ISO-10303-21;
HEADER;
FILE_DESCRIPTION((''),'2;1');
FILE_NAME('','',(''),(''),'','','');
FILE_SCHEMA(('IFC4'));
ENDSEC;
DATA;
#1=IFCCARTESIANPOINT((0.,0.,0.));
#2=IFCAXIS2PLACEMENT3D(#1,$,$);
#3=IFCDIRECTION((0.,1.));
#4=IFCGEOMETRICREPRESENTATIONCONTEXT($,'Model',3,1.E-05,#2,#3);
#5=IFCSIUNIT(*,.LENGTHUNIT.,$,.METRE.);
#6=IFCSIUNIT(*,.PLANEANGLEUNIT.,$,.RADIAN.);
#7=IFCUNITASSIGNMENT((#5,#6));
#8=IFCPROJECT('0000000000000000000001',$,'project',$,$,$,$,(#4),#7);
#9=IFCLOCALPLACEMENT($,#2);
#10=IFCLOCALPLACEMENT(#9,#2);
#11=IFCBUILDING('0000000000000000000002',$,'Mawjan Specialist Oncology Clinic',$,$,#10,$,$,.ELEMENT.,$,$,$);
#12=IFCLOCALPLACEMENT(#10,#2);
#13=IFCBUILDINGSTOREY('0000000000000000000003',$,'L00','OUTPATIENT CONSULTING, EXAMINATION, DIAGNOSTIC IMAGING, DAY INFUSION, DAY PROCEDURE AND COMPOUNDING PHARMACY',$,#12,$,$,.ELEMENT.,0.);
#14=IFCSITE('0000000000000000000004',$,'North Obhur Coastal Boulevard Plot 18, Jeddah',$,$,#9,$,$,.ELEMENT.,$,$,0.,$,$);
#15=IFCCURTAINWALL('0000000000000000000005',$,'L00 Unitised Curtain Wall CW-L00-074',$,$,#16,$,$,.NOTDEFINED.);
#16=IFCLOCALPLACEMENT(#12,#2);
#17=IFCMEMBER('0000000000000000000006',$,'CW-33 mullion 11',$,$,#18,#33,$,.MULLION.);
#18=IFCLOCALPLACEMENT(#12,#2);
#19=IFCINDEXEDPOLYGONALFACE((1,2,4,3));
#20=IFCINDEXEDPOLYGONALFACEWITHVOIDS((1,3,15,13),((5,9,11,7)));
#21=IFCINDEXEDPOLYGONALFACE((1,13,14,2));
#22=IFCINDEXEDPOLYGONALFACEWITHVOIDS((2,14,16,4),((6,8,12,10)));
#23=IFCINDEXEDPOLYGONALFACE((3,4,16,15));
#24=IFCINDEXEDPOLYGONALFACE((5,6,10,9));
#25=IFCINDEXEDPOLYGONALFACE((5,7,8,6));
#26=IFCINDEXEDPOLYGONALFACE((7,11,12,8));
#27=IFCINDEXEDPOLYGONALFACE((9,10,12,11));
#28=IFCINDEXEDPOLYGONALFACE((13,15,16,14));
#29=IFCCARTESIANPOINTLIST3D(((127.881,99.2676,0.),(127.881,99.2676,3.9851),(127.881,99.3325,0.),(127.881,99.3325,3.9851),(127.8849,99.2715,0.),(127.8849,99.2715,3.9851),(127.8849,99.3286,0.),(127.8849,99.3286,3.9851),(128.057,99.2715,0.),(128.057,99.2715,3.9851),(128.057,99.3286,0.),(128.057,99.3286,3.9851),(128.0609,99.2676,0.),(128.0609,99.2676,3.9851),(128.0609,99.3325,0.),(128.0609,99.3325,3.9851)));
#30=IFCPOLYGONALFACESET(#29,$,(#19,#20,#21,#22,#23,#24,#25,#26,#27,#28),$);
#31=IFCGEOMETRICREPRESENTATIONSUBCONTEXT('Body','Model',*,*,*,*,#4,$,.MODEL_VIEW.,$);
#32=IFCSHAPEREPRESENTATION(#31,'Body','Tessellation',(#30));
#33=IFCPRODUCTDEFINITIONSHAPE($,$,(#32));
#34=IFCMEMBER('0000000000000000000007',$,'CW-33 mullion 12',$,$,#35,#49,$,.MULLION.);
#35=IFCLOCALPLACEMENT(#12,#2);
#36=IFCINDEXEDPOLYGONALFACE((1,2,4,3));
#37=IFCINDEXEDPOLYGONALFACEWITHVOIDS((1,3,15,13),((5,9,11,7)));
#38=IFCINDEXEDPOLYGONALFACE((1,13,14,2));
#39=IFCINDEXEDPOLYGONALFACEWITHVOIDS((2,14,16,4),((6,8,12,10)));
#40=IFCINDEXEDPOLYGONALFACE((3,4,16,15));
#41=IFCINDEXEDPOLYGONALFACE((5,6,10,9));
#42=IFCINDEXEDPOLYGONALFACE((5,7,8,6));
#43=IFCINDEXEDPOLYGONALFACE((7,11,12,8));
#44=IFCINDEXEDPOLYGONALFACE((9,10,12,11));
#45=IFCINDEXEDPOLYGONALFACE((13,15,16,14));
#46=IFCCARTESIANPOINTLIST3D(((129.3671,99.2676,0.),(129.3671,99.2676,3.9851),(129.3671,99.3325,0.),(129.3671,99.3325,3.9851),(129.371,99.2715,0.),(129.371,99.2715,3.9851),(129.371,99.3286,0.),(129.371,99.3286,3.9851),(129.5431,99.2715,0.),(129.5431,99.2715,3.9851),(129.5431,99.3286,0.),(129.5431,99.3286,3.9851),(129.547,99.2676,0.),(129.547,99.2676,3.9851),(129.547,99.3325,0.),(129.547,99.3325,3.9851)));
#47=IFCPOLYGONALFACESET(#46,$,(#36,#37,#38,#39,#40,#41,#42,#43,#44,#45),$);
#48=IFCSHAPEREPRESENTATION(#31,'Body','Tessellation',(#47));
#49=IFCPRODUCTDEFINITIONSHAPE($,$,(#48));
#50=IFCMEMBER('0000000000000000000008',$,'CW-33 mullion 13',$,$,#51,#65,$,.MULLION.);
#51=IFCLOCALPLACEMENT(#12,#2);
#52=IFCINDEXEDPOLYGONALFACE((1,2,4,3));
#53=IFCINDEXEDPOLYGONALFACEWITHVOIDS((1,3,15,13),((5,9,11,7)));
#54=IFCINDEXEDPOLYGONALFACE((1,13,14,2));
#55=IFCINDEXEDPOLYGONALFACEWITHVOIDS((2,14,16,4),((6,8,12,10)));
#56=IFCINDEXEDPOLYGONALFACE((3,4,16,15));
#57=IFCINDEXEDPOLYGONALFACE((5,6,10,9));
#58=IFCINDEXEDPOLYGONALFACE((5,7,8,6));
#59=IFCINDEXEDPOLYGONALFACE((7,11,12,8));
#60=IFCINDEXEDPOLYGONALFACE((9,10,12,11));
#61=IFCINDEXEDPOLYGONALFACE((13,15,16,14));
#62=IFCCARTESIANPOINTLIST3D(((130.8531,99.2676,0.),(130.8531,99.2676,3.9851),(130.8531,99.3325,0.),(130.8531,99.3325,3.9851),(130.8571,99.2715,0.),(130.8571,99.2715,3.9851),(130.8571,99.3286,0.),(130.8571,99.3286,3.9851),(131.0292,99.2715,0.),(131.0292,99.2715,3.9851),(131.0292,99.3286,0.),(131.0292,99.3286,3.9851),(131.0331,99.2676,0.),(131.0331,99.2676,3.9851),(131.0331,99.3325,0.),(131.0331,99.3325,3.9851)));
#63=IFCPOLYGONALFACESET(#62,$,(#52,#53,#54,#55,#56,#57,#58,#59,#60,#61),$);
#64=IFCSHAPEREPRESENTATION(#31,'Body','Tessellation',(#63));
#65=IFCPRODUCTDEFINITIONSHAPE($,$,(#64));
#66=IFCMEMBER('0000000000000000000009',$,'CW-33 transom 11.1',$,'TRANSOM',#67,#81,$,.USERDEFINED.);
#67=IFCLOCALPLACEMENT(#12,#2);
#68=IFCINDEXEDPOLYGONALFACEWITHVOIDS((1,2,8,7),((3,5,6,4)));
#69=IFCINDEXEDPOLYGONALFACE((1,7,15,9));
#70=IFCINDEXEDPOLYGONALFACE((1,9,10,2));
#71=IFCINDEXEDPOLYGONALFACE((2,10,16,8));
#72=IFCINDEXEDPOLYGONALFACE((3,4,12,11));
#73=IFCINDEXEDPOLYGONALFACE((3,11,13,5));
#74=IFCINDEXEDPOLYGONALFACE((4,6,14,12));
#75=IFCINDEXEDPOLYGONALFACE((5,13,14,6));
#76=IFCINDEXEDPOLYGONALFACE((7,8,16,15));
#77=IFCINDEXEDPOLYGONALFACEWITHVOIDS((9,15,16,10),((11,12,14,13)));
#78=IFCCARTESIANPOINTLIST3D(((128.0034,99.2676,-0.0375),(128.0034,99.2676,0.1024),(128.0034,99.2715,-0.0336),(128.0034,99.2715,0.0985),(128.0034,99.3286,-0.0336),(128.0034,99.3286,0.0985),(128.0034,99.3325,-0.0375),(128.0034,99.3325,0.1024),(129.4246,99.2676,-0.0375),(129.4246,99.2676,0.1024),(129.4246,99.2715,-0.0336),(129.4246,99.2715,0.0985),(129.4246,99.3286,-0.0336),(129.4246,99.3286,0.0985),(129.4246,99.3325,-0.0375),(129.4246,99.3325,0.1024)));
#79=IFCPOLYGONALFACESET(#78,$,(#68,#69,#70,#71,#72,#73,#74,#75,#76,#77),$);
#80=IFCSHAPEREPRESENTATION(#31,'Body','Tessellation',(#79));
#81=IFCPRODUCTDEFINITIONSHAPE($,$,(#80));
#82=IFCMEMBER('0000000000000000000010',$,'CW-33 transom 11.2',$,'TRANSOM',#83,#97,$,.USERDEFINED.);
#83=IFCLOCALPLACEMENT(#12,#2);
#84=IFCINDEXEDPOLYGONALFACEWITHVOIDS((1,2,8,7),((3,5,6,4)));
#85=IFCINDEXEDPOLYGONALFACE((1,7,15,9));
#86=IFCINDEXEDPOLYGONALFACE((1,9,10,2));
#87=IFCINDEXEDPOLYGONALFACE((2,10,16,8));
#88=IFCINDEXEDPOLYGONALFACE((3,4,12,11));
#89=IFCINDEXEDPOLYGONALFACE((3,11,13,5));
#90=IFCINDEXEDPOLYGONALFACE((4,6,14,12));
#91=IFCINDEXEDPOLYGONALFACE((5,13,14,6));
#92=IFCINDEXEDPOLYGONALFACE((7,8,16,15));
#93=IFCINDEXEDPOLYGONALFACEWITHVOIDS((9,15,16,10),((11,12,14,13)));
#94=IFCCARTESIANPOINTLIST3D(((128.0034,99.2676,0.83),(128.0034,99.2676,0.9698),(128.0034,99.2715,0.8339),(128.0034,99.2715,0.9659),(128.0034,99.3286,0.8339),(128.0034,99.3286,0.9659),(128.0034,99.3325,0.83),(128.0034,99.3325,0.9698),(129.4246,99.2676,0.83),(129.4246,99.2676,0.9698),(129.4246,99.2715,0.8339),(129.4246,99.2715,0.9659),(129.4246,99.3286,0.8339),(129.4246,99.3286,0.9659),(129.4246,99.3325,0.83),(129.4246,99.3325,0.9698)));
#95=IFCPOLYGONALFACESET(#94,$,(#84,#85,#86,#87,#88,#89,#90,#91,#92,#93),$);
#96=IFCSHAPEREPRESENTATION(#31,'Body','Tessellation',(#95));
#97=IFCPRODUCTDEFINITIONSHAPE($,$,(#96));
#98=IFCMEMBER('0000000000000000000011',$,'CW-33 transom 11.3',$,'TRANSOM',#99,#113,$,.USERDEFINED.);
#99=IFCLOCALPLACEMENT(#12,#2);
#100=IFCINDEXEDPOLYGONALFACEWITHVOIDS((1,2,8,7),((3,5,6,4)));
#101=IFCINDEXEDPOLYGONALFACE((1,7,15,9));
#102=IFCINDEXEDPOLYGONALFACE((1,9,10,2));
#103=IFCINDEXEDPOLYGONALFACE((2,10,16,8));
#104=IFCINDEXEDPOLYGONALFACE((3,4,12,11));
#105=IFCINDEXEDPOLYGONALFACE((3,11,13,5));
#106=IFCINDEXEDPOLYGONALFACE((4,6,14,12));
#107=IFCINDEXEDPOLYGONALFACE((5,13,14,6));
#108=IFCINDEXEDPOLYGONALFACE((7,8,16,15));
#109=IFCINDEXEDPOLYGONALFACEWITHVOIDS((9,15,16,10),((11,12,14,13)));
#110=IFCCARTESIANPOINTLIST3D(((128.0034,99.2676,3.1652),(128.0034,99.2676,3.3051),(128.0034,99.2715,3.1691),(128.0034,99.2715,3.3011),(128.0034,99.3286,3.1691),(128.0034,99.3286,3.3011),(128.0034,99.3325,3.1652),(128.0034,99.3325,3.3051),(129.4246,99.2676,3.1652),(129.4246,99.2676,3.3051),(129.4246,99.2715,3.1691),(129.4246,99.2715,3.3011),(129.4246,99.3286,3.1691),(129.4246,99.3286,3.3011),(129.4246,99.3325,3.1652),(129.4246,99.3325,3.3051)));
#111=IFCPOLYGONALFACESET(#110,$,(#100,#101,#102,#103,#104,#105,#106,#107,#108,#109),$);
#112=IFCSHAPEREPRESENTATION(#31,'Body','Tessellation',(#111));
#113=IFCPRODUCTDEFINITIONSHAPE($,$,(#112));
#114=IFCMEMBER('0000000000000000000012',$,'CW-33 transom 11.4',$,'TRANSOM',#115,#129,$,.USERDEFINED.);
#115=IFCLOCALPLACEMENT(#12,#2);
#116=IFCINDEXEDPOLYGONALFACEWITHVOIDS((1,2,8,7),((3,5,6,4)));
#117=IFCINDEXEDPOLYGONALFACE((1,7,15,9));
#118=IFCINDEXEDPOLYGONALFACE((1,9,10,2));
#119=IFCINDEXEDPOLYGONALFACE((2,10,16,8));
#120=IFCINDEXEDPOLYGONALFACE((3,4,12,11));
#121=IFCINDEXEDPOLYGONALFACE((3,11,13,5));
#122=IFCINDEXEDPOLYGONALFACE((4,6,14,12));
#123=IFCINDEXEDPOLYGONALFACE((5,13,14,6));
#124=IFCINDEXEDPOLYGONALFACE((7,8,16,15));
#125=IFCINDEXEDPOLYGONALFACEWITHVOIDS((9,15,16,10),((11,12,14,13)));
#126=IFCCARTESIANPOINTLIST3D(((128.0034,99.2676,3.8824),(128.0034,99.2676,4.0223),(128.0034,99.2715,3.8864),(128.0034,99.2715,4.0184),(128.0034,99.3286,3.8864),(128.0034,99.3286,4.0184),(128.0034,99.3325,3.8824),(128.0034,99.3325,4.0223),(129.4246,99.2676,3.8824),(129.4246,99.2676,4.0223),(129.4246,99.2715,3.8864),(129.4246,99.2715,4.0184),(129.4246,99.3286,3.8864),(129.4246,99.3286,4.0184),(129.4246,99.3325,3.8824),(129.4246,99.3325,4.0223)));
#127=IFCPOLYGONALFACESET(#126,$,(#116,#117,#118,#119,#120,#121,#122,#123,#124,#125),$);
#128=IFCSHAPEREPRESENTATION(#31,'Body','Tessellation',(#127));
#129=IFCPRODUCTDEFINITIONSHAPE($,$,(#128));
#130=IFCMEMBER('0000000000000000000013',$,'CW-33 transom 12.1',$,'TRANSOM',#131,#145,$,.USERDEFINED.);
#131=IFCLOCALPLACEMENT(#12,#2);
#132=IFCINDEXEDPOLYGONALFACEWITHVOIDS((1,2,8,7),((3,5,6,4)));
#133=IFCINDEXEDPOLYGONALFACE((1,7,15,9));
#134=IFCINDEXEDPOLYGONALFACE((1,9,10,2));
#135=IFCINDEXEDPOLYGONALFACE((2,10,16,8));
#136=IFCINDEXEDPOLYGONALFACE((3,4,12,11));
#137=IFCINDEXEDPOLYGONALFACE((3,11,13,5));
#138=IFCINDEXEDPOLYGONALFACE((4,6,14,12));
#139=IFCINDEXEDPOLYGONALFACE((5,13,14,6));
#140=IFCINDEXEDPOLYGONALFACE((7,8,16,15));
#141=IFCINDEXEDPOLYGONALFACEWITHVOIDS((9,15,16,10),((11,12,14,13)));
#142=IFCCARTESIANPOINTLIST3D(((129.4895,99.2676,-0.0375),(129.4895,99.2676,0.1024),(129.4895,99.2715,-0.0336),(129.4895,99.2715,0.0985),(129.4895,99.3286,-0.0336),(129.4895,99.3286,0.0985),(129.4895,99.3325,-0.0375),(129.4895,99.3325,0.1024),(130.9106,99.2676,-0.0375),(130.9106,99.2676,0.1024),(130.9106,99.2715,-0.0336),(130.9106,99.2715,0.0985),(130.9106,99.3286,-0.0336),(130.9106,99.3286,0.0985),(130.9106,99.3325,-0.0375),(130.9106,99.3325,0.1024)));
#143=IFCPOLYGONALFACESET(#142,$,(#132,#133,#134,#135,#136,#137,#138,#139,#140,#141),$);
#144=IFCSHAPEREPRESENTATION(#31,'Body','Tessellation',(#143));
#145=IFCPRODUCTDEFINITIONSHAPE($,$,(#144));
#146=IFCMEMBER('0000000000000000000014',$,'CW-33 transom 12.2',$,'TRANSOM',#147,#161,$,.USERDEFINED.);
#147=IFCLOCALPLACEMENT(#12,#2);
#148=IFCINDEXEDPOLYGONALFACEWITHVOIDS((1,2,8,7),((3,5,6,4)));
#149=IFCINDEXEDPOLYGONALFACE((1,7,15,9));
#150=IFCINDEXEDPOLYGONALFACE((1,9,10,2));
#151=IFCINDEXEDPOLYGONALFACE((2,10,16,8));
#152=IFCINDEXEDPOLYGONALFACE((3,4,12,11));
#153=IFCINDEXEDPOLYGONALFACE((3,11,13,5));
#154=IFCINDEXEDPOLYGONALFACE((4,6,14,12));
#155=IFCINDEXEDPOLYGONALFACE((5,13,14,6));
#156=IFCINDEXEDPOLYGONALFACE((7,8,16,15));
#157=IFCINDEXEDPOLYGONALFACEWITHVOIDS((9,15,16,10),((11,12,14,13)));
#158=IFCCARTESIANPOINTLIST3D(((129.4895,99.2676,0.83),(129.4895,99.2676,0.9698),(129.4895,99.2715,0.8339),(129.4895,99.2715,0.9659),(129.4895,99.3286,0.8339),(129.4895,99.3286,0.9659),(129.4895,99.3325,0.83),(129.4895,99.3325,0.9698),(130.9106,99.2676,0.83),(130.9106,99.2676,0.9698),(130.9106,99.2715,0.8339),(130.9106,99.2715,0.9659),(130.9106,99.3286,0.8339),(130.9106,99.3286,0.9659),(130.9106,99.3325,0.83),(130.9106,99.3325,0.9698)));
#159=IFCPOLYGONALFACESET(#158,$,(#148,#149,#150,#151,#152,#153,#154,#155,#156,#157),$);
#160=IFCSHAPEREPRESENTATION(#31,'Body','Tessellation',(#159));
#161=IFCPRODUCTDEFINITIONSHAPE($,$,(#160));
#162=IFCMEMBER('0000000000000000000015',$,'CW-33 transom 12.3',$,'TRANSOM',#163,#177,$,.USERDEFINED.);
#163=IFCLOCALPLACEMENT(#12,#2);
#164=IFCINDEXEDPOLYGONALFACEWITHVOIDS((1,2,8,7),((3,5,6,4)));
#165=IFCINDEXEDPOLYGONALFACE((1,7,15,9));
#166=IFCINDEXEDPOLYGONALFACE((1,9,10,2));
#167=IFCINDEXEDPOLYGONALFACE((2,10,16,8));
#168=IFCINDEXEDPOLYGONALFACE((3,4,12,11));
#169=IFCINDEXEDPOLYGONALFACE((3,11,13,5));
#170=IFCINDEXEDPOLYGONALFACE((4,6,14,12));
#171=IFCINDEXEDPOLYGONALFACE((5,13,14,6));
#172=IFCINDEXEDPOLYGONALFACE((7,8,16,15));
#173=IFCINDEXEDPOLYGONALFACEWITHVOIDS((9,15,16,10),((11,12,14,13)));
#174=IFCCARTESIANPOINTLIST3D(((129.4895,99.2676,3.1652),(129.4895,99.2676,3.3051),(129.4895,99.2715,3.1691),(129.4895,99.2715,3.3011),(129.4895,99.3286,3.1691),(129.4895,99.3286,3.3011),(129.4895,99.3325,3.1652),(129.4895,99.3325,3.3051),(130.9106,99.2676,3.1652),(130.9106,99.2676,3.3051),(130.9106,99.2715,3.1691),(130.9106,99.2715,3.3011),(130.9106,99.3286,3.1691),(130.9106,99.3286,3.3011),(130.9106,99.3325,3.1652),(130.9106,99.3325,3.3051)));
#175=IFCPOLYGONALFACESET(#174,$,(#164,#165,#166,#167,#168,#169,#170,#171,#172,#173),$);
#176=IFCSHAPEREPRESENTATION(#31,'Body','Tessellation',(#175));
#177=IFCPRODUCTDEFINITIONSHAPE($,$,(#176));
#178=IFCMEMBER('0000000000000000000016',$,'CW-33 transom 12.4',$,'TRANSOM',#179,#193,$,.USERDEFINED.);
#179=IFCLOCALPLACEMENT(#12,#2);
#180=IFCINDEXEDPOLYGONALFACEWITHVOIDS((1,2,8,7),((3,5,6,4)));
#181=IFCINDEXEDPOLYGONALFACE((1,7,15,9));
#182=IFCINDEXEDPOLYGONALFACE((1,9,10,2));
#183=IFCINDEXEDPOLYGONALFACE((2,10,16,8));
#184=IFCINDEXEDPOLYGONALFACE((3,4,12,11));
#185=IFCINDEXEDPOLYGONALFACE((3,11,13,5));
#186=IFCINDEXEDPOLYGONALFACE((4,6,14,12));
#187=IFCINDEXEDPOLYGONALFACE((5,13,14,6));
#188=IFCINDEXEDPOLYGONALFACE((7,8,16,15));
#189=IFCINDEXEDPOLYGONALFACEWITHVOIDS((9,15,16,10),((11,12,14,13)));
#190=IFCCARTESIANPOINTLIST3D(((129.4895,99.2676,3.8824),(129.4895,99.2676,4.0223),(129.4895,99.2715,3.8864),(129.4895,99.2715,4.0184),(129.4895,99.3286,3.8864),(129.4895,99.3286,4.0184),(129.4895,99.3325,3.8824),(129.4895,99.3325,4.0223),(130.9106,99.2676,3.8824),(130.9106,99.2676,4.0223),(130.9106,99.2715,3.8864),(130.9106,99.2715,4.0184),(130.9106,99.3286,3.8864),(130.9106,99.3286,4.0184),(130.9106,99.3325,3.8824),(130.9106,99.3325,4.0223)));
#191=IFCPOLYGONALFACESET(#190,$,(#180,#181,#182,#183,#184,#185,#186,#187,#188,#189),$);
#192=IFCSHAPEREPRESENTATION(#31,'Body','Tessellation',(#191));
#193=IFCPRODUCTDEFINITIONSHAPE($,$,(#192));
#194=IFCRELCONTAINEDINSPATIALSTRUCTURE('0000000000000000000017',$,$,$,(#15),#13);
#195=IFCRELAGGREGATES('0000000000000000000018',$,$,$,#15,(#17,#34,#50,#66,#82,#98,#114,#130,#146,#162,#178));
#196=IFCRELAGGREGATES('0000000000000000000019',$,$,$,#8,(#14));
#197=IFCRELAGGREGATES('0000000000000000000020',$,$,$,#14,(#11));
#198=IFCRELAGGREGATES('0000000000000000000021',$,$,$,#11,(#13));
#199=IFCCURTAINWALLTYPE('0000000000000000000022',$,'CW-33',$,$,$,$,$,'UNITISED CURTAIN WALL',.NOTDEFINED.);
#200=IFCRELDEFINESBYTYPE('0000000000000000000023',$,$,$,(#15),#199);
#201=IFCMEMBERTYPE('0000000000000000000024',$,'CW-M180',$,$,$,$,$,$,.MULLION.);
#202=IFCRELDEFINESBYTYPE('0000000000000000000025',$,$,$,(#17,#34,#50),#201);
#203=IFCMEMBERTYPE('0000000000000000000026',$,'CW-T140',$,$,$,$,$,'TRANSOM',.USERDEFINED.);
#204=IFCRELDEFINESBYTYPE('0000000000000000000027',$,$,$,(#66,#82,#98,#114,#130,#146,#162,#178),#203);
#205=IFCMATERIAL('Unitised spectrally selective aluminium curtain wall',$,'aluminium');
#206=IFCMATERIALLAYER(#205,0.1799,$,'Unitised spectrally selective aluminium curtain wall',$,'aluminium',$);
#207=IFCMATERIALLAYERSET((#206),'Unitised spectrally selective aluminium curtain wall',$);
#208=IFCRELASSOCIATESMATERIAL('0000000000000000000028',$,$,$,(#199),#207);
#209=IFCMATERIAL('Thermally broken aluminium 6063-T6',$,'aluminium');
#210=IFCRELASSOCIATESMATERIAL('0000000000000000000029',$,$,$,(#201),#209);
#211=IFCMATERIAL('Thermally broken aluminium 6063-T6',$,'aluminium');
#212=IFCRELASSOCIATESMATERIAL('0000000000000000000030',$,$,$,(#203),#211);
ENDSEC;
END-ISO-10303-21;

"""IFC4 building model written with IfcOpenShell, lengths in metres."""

from ifc_helpers import new_model, si_unit, direction, frame, origin, origin_2d, place, context, subcontext, project, spatial, hollow_rectangle, extrude, material, layer, layer_set, material_profile, profile_set, type_object, element, aggregate, save


model = new_model("IFC4")

# Units and contexts
model_context = context("Model", 3, precision=1e-05, world=origin(), true_north=direction((0.0, 1.0)))
body_context = subcontext(model_context, "Body", "Model", "MODEL_VIEW")
ifc_project = project(units=[si_unit("LENGTHUNIT", "METRE"), si_unit("PLANEANGLEUNIT", "RADIAN")], contexts=[model_context])

# Site, building, storey
site_placement = place(None, origin())
site = spatial("IfcSite", under=ifc_project, at=site_placement, Name="North Obhur Coastal Boulevard Plot 18, Jeddah", CompositionType="ELEMENT", RefElevation=0.0)
building_placement = place(site_placement, origin())
building = spatial("IfcBuilding", under=site, at=building_placement, Name="Mawjan Specialist Oncology Clinic", CompositionType="ELEMENT")
storey_placement = place(building_placement, origin())
storey = spatial("IfcBuildingStorey", under=building, at=storey_placement, Name="L00", Description="OUTPATIENT CONSULTING, EXAMINATION, DIAGNOSTIC IMAGING, DAY INFUSION, DAY PROCEDURE AND COMPOUNDING PHARMACY", CompositionType="ELEMENT", Elevation=0.0)

# Curtain wall, members
ifc_material_1 = material(Name="Unitised spectrally selective aluminium curtain wall", Category="aluminium")
ifc_layer_1 = layer(ifc_material_1, 0.1799, Name="Unitised spectrally selective aluminium curtain wall", Category="aluminium")
ifc_layer_set_1 = layer_set([ifc_layer_1], Name="Unitised spectrally selective aluminium curtain wall")
curtain_wall_type = type_object("IfcCurtainWallType", Name="CW-33", ElementType="UNITISED CURTAIN WALL", PredefinedType="NOTDEFINED", material=ifc_layer_set_1)
curtain_wall_placement = place(storey_placement, origin())
curtain_wall = element("IfcCurtainWall", 1, at=curtain_wall_placement, inside=storey, type_object=curtain_wall_type, Name="L00 Unitised Curtain Wall CW-L00-074", PredefinedType="NOTDEFINED")
ifc_material_2 = material(Name="Thermally broken aluminium 6063-T6", Category="aluminium")
ifc_material_profile_1 = material_profile(ifc_material_2, hollow_rectangle(XDim=0.0649, YDim=0.1799, WallThickness=0.0039, at=origin_2d()), Name="ALU MULLION 180x65x4", Category="aluminium")
ifc_profile_set_1 = profile_set([ifc_material_profile_1], Name="Thermally broken aluminium 6063-T6")
member_type_1 = type_object("IfcMemberType", Name="CW-M180", PredefinedType="MULLION", material=ifc_profile_set_1)
member_1_placement = place(storey_placement, frame((127.9709, 99.3, 0.0), z_axis=(0.0, 0.0, 1.0), x_axis=(0.0, 1.0, 0.0)))
member_1 = element("IfcMember", 2, at=member_1_placement, type_object=member_type_1, Name="CW-33 mullion 11", PredefinedType="MULLION", context=body_context, shape_type="SweptSolid", body=[
    extrude(hollow_rectangle(XDim=0.0649, YDim=0.1799, WallThickness=0.0039, at=origin_2d()), origin(), (0.0, 0.0, 1.0), 3.9851),
])
member_2_placement = place(storey_placement, frame((129.457, 99.3, 0.0), z_axis=(0.0, 0.0, 1.0), x_axis=(0.0, 1.0, 0.0)))
member_2 = element("IfcMember", 3, at=member_2_placement, type_object=member_type_1, Name="CW-33 mullion 12", PredefinedType="MULLION", context=body_context, shape_type="SweptSolid", body=[
    extrude(hollow_rectangle(XDim=0.0649, YDim=0.1799, WallThickness=0.0039, at=origin_2d()), origin(), (0.0, 0.0, 1.0), 3.9851),
])
member_3_placement = place(storey_placement, frame((130.9431, 99.3, 0.0), z_axis=(0.0, 0.0, 1.0), x_axis=(0.0, 1.0, 0.0)))
member_3 = element("IfcMember", 4, at=member_3_placement, type_object=member_type_1, Name="CW-33 mullion 13", PredefinedType="MULLION", context=body_context, shape_type="SweptSolid", body=[
    extrude(hollow_rectangle(XDim=0.0649, YDim=0.1799, WallThickness=0.0039, at=origin_2d()), origin(), (0.0, 0.0, 1.0), 3.9851),
])
ifc_material_3 = material(Name="Thermally broken aluminium 6063-T6", Category="aluminium")
ifc_material_profile_2 = material_profile(ifc_material_3, hollow_rectangle(XDim=0.0649, YDim=0.1399, WallThickness=0.0039, at=origin_2d()), Name="ALU TRANSOM 140x65x4", Category="aluminium")
ifc_profile_set_2 = profile_set([ifc_material_profile_2], Name="Thermally broken aluminium 6063-T6")
member_type_2 = type_object("IfcMemberType", Name="CW-T140", ElementType="TRANSOM", PredefinedType="USERDEFINED", material=ifc_profile_set_2)
member_4_placement = place(storey_placement, frame((128.0034, 99.3, 0.0325), z_axis=(1.0, 0.0, 0.0), x_axis=(0.0, 1.0, 0.0)))
member_4 = element("IfcMember", 5, at=member_4_placement, type_object=member_type_2, Name="CW-33 transom 11.1", ObjectType="TRANSOM", PredefinedType="USERDEFINED", context=body_context, shape_type="SweptSolid", body=[
    extrude(hollow_rectangle(XDim=0.0649, YDim=0.1399, WallThickness=0.0039, at=origin_2d()), origin(), (0.0, 0.0, 1.0), 1.4211),
])
member_5_placement = place(storey_placement, frame((128.0034, 99.3, 0.8999), z_axis=(1.0, 0.0, 0.0), x_axis=(0.0, 1.0, 0.0)))
member_5 = element("IfcMember", 6, at=member_5_placement, type_object=member_type_2, Name="CW-33 transom 11.2", ObjectType="TRANSOM", PredefinedType="USERDEFINED", context=body_context, shape_type="SweptSolid", body=[
    extrude(hollow_rectangle(XDim=0.0649, YDim=0.1399, WallThickness=0.0039, at=origin_2d()), origin(), (0.0, 0.0, 1.0), 1.4211),
])
member_6_placement = place(storey_placement, frame((128.0034, 99.3, 3.2351), z_axis=(1.0, 0.0, 0.0), x_axis=(0.0, 1.0, 0.0)))
member_6 = element("IfcMember", 7, at=member_6_placement, type_object=member_type_2, Name="CW-33 transom 11.3", ObjectType="TRANSOM", PredefinedType="USERDEFINED", context=body_context, shape_type="SweptSolid", body=[
    extrude(hollow_rectangle(XDim=0.0649, YDim=0.1399, WallThickness=0.0039, at=origin_2d()), origin(), (0.0, 0.0, 1.0), 1.4211),
])
member_7_placement = place(storey_placement, frame((128.0034, 99.3, 3.9524), z_axis=(1.0, 0.0, 0.0), x_axis=(0.0, 1.0, 0.0)))
member_7 = element("IfcMember", 8, at=member_7_placement, type_object=member_type_2, Name="CW-33 transom 11.4", ObjectType="TRANSOM", PredefinedType="USERDEFINED", context=body_context, shape_type="SweptSolid", body=[
    extrude(hollow_rectangle(XDim=0.0649, YDim=0.1399, WallThickness=0.0039, at=origin_2d()), origin(), (0.0, 0.0, 1.0), 1.4211),
])
member_8_placement = place(storey_placement, frame((129.4895, 99.3, 0.0325), z_axis=(1.0, 0.0, 0.0), x_axis=(0.0, 1.0, 0.0)))
member_8 = element("IfcMember", 9, at=member_8_placement, type_object=member_type_2, Name="CW-33 transom 12.1", ObjectType="TRANSOM", PredefinedType="USERDEFINED", context=body_context, shape_type="SweptSolid", body=[
    extrude(hollow_rectangle(XDim=0.0649, YDim=0.1399, WallThickness=0.0039, at=origin_2d()), origin(), (0.0, 0.0, 1.0), 1.4211),
])
member_9_placement = place(storey_placement, frame((129.4895, 99.3, 0.8999), z_axis=(1.0, 0.0, 0.0), x_axis=(0.0, 1.0, 0.0)))
member_9 = element("IfcMember", 10, at=member_9_placement, type_object=member_type_2, Name="CW-33 transom 12.2", ObjectType="TRANSOM", PredefinedType="USERDEFINED", context=body_context, shape_type="SweptSolid", body=[
    extrude(hollow_rectangle(XDim=0.0649, YDim=0.1399, WallThickness=0.0039, at=origin_2d()), origin(), (0.0, 0.0, 1.0), 1.4211),
])
member_10_placement = place(storey_placement, frame((129.4895, 99.3, 3.2351), z_axis=(1.0, 0.0, 0.0), x_axis=(0.0, 1.0, 0.0)))
member_10 = element("IfcMember", 11, at=member_10_placement, type_object=member_type_2, Name="CW-33 transom 12.3", ObjectType="TRANSOM", PredefinedType="USERDEFINED", context=body_context, shape_type="SweptSolid", body=[
    extrude(hollow_rectangle(XDim=0.0649, YDim=0.1399, WallThickness=0.0039, at=origin_2d()), origin(), (0.0, 0.0, 1.0), 1.4211),
])
member_11_placement = place(storey_placement, frame((129.4895, 99.3, 3.9524), z_axis=(1.0, 0.0, 0.0), x_axis=(0.0, 1.0, 0.0)))
member_11 = element("IfcMember", 12, at=member_11_placement, type_object=member_type_2, Name="CW-33 transom 12.4", ObjectType="TRANSOM", PredefinedType="USERDEFINED", context=body_context, shape_type="SweptSolid", body=[
    extrude(hollow_rectangle(XDim=0.0649, YDim=0.1399, WallThickness=0.0039, at=origin_2d()), origin(), (0.0, 0.0, 1.0), 1.4211),
])
aggregate(curtain_wall, [member_1, member_2, member_3, member_4, member_5, member_6, member_7, member_8, member_9, member_10, member_11])

save(model, "model.ifc")
